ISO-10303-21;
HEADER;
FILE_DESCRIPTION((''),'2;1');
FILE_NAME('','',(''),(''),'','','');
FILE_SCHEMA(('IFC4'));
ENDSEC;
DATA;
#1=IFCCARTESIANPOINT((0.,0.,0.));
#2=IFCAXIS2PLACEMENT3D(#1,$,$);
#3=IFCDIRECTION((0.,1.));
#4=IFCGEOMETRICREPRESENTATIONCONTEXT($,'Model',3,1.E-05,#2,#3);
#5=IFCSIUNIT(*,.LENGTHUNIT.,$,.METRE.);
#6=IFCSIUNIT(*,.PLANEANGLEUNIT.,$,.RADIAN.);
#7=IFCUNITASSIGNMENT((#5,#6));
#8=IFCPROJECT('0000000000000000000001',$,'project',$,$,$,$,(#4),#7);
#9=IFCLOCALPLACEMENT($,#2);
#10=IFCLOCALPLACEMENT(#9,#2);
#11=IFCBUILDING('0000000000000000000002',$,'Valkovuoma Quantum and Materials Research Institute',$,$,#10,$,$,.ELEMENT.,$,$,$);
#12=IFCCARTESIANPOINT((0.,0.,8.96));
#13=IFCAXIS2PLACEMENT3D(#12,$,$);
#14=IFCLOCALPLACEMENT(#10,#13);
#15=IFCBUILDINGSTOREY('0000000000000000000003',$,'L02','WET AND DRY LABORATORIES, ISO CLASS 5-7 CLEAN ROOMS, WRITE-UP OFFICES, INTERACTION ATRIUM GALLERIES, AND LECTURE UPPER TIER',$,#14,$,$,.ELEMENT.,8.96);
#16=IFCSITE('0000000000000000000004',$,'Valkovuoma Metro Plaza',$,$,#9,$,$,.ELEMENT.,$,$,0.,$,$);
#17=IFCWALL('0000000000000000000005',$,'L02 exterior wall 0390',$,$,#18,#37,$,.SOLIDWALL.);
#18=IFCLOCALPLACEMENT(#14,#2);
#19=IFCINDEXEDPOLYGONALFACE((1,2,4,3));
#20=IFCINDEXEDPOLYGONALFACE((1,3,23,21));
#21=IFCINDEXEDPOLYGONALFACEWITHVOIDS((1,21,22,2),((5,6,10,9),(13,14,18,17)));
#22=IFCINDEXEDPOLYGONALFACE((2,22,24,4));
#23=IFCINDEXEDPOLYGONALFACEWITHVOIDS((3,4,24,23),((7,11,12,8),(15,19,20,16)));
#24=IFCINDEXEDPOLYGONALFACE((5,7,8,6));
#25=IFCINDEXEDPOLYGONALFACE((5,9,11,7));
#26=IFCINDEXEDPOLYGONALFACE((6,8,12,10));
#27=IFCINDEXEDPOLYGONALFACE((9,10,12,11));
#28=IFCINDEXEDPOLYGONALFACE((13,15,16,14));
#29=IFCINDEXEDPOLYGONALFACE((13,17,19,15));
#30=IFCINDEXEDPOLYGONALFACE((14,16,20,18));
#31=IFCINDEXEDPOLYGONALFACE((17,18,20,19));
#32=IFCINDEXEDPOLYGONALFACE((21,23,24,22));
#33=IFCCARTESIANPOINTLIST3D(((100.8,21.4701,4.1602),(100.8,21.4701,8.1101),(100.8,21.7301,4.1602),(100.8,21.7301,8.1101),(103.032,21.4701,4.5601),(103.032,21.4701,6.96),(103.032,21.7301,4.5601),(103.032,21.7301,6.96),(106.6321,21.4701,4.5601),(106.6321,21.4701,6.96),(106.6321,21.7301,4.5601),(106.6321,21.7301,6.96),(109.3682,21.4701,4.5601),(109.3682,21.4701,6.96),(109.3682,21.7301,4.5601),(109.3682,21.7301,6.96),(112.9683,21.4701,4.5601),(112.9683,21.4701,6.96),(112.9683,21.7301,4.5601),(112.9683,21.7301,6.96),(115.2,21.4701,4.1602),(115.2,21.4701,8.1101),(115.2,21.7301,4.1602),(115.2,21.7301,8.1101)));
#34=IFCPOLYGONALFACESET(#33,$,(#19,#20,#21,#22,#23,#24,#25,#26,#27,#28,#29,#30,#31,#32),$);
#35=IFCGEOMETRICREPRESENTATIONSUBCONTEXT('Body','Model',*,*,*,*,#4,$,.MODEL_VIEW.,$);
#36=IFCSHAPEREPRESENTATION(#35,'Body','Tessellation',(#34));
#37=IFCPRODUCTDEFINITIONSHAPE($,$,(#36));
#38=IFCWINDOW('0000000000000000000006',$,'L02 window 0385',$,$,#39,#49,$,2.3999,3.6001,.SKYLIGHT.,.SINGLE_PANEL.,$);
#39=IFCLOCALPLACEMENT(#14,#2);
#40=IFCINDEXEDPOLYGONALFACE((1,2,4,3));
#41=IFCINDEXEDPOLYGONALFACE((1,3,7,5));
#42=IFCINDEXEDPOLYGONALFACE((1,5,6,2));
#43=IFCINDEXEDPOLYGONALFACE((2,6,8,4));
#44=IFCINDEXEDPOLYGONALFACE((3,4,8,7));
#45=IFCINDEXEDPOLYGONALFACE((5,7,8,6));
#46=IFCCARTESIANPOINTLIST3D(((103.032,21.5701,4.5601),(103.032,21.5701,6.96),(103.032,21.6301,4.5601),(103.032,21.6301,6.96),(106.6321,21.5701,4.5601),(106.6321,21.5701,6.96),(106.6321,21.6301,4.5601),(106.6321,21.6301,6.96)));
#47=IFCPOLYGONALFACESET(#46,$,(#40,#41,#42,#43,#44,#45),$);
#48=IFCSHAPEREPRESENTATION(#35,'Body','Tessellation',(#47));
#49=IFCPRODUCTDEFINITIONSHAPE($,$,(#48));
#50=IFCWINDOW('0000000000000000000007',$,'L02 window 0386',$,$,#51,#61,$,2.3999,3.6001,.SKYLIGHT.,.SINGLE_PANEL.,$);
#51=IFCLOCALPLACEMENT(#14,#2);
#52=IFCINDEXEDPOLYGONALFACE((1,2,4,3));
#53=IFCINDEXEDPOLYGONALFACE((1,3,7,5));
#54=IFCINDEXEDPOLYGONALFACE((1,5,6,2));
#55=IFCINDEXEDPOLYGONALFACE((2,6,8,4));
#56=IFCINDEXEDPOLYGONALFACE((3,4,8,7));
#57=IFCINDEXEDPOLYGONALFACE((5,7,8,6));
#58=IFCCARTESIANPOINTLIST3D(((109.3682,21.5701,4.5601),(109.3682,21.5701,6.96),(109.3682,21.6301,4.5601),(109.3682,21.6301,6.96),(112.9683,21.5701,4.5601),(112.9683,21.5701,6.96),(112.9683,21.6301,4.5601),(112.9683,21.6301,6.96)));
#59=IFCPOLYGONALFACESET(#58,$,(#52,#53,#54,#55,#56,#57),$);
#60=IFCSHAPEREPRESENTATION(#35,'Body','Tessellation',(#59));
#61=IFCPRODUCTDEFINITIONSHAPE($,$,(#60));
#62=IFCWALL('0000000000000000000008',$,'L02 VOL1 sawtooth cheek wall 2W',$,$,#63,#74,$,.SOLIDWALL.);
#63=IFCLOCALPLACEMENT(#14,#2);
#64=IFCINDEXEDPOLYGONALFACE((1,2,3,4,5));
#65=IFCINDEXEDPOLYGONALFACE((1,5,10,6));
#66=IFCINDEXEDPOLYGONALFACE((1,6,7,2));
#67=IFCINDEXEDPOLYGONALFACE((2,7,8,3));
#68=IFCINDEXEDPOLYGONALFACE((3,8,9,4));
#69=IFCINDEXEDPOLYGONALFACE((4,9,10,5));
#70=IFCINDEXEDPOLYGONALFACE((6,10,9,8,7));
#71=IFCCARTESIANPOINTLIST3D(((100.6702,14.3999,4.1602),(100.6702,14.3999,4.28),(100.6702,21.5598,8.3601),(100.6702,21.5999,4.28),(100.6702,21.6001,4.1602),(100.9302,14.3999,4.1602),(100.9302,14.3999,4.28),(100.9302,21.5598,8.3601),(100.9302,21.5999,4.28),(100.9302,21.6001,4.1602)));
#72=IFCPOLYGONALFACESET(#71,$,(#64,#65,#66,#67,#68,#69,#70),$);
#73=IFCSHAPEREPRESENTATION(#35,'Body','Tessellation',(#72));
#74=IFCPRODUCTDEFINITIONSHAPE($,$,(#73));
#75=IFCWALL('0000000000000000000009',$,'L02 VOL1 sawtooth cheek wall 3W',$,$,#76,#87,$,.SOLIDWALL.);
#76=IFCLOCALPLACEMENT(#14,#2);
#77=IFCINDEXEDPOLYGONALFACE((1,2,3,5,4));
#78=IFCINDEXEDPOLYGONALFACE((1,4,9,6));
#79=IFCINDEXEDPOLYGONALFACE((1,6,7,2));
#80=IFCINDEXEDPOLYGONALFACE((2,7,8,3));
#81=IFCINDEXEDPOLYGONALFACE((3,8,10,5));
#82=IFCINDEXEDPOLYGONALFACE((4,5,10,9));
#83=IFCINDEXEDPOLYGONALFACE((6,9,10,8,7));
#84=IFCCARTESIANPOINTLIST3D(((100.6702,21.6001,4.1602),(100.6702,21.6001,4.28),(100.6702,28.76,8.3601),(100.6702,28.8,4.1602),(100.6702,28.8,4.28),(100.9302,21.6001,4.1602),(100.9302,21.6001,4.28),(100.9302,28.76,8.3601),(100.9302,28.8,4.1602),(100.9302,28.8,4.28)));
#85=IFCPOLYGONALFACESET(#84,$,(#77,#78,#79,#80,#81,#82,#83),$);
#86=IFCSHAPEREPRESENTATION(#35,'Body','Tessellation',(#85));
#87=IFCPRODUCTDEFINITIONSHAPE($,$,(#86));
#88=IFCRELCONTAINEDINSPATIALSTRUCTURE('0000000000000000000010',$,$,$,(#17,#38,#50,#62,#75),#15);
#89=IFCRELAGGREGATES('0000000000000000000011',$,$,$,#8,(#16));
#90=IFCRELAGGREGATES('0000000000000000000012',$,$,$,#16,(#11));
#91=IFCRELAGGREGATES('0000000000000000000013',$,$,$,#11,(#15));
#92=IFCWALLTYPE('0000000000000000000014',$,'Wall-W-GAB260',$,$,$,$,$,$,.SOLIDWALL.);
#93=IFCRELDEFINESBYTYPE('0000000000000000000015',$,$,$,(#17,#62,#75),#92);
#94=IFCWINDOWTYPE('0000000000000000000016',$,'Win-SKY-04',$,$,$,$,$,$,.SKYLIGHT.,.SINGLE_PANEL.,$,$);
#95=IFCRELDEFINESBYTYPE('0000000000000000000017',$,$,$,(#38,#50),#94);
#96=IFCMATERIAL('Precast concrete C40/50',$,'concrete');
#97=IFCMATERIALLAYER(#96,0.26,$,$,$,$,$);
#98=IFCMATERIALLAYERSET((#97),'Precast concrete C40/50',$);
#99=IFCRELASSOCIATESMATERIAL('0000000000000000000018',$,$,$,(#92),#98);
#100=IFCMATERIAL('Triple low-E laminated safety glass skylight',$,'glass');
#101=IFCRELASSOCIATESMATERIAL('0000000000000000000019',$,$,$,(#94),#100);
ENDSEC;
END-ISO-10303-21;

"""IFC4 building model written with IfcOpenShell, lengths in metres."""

from ifc_helpers import new_model, si_unit, direction, frame, frame_2d, origin, place, context, subcontext, project, spatial, polyline, rectangle, outline, extrude, material, layer, layer_set, type_object, element, fill, save


model = new_model("IFC4")

# Units and contexts
model_context = context("Model", 3, precision=1e-05, world=origin(), true_north=direction((0.0, 1.0)))
body_context = subcontext(model_context, "Body", "Model", "MODEL_VIEW")
ifc_project = project(units=[si_unit("LENGTHUNIT", "METRE"), si_unit("PLANEANGLEUNIT", "RADIAN")], contexts=[model_context])

# Site, building, storey
site_placement = place(None, origin())
site = spatial("IfcSite", under=ifc_project, at=site_placement, Name="Valkovuoma Metro Plaza", CompositionType="ELEMENT", RefElevation=0.0)
building_placement = place(site_placement, origin())
building = spatial("IfcBuilding", under=site, at=building_placement, Name="Valkovuoma Quantum and Materials Research Institute", CompositionType="ELEMENT")
storey_placement = place(building_placement, frame((0.0, 0.0, 8.96)))
storey = spatial("IfcBuildingStorey", under=building, at=storey_placement, Name="L02", Description="WET AND DRY LABORATORIES, ISO CLASS 5-7 CLEAN ROOMS, WRITE-UP OFFICES, INTERACTION ATRIUM GALLERIES, AND LECTURE UPPER TIER", CompositionType="ELEMENT", Elevation=8.96)

# Shared definitions
ifc_material_1 = material(Name="Precast concrete C40/50", Category="concrete")
ifc_layer_1 = layer(ifc_material_1, 0.26)
ifc_layer_set_1 = layer_set([ifc_layer_1], Name="Precast concrete C40/50")
wall_type_1 = type_object("IfcWallType", Name="Wall-W-GAB260", PredefinedType="SOLIDWALL", material=ifc_layer_set_1)

# Wall, openings, windows
wall_1_placement = place(storey_placement, frame((100.8, 21.6001, 4.1602), z_axis=(0.0, 0.0, 1.0), x_axis=(1.0, 0.0, 0.0)))
wall_1 = element("IfcWall", 1, at=wall_1_placement, inside=storey, type_object=wall_type_1, Name="L02 exterior wall 0390", PredefinedType="SOLIDWALL", context=body_context, shape_type="SweptSolid", body=[
    extrude(rectangle(XDim=14.3999, YDim=0.26, at=frame_2d((7.2, 0.0))), origin(), (0.0, 0.0, 1.0), 3.95),
])
opening_1_placement = place(wall_1_placement, frame((2.2319, 0.0, 0.3999)))
opening_1 = element("IfcOpeningElement", 2, at=opening_1_placement, cuts=wall_1, PredefinedType="OPENING", context=body_context, shape_type="SweptSolid", body=[
    extrude(rectangle(XDim=3.6001, YDim=2.3999, at=frame_2d((1.8, 1.2))), frame((0.0, 0.1401, 0.0), z_axis=(0.0, -1.0, 0.0), x_axis=(1.0, 0.0, 0.0)), (0.0, 0.0, 1.0), 0.28),
])
opening_2_placement = place(wall_1_placement, frame((8.5681, 0.0, 0.3999)))
opening_2 = element("IfcOpeningElement", 3, at=opening_2_placement, cuts=wall_1, PredefinedType="OPENING", context=body_context, shape_type="SweptSolid", body=[
    extrude(rectangle(XDim=3.6001, YDim=2.3999, at=frame_2d((1.8, 1.2))), frame((0.0, 0.1401, 0.0), z_axis=(0.0, -1.0, 0.0), x_axis=(1.0, 0.0, 0.0)), (0.0, 0.0, 1.0), 0.28),
])
ifc_material_2 = material(Name="Triple low-E laminated safety glass skylight", Category="glass")
window_type_1 = type_object("IfcWindowType", Name="Win-SKY-04", PartitioningType="SINGLE_PANEL", PredefinedType="SKYLIGHT", material=ifc_material_2)
window_1_placement = place(opening_1_placement, origin())
window_1 = element("IfcWindow", 4, at=window_1_placement, inside=storey, type_object=window_type_1, Name="L02 window 0385", OverallHeight=2.3999, OverallWidth=3.6001, PartitioningType="SINGLE_PANEL", PredefinedType="SKYLIGHT", context=body_context, shape_type="SweptSolid", body=[
    extrude(rectangle(XDim=3.6001, YDim=2.3999, at=frame_2d((1.8, 1.2))), frame((0.0, 0.03, 0.0), z_axis=(0.0, -1.0, 0.0), x_axis=(1.0, 0.0, 0.0)), (0.0, 0.0, 1.0), 0.0601),
])
fill(opening_1, window_1)
window_2_placement = place(opening_2_placement, origin())
window_2 = element("IfcWindow", 5, at=window_2_placement, inside=storey, type_object=window_type_1, Name="L02 window 0386", OverallHeight=2.3999, OverallWidth=3.6001, PartitioningType="SINGLE_PANEL", PredefinedType="SKYLIGHT", context=body_context, shape_type="SweptSolid", body=[
    extrude(rectangle(XDim=3.6001, YDim=2.3999, at=frame_2d((1.8, 1.2))), frame((0.0, 0.03, 0.0), z_axis=(0.0, -1.0, 0.0), x_axis=(1.0, 0.0, 0.0)), (0.0, 0.0, 1.0), 0.0601),
])
fill(opening_2, window_2)

# Walls
wall_2_placement = place(storey_placement, frame((100.8, 14.3999, 4.1602), z_axis=(0.0, 0.0, 1.0), x_axis=(0.0, 1.0, 0.0)))
element("IfcWall", 6, at=wall_2_placement, inside=storey, type_object=wall_type_1, Name="L02 VOL1 sawtooth cheek wall 2W", PredefinedType="SOLIDWALL", context=body_context, shape_type="SweptSolid", body=[
    extrude(outline(polyline([(0.0, 0.0), (7.2002, 0.0), (7.2, 0.1199), (7.1599, 4.2), (0.0, 0.1199), (0.0, 0.0)])), frame((0.0, 0.1299, 0.0), z_axis=(0.0, -1.0, 0.0), x_axis=(1.0, 0.0, 0.0)), (0.0, 0.0, 1.0), 0.26),
])
wall_3_placement = place(storey_placement, frame((100.8, 21.6001, 4.1602), z_axis=(0.0, 0.0, 1.0), x_axis=(0.0, 1.0, 0.0)))
element("IfcWall", 7, at=wall_3_placement, inside=storey, type_object=wall_type_1, Name="L02 VOL1 sawtooth cheek wall 3W", PredefinedType="SOLIDWALL", context=body_context, shape_type="SweptSolid", body=[
    extrude(outline(polyline([(0.0, 0.0), (7.2, 0.0), (7.2, 0.1199), (7.1599, 4.2), (0.0, 0.1199), (0.0, 0.0)])), frame((0.0, 0.1299, 0.0), z_axis=(0.0, -1.0, 0.0), x_axis=(1.0, 0.0, 0.0)), (0.0, 0.0, 1.0), 0.26),
])

save(model, "model.ifc")
